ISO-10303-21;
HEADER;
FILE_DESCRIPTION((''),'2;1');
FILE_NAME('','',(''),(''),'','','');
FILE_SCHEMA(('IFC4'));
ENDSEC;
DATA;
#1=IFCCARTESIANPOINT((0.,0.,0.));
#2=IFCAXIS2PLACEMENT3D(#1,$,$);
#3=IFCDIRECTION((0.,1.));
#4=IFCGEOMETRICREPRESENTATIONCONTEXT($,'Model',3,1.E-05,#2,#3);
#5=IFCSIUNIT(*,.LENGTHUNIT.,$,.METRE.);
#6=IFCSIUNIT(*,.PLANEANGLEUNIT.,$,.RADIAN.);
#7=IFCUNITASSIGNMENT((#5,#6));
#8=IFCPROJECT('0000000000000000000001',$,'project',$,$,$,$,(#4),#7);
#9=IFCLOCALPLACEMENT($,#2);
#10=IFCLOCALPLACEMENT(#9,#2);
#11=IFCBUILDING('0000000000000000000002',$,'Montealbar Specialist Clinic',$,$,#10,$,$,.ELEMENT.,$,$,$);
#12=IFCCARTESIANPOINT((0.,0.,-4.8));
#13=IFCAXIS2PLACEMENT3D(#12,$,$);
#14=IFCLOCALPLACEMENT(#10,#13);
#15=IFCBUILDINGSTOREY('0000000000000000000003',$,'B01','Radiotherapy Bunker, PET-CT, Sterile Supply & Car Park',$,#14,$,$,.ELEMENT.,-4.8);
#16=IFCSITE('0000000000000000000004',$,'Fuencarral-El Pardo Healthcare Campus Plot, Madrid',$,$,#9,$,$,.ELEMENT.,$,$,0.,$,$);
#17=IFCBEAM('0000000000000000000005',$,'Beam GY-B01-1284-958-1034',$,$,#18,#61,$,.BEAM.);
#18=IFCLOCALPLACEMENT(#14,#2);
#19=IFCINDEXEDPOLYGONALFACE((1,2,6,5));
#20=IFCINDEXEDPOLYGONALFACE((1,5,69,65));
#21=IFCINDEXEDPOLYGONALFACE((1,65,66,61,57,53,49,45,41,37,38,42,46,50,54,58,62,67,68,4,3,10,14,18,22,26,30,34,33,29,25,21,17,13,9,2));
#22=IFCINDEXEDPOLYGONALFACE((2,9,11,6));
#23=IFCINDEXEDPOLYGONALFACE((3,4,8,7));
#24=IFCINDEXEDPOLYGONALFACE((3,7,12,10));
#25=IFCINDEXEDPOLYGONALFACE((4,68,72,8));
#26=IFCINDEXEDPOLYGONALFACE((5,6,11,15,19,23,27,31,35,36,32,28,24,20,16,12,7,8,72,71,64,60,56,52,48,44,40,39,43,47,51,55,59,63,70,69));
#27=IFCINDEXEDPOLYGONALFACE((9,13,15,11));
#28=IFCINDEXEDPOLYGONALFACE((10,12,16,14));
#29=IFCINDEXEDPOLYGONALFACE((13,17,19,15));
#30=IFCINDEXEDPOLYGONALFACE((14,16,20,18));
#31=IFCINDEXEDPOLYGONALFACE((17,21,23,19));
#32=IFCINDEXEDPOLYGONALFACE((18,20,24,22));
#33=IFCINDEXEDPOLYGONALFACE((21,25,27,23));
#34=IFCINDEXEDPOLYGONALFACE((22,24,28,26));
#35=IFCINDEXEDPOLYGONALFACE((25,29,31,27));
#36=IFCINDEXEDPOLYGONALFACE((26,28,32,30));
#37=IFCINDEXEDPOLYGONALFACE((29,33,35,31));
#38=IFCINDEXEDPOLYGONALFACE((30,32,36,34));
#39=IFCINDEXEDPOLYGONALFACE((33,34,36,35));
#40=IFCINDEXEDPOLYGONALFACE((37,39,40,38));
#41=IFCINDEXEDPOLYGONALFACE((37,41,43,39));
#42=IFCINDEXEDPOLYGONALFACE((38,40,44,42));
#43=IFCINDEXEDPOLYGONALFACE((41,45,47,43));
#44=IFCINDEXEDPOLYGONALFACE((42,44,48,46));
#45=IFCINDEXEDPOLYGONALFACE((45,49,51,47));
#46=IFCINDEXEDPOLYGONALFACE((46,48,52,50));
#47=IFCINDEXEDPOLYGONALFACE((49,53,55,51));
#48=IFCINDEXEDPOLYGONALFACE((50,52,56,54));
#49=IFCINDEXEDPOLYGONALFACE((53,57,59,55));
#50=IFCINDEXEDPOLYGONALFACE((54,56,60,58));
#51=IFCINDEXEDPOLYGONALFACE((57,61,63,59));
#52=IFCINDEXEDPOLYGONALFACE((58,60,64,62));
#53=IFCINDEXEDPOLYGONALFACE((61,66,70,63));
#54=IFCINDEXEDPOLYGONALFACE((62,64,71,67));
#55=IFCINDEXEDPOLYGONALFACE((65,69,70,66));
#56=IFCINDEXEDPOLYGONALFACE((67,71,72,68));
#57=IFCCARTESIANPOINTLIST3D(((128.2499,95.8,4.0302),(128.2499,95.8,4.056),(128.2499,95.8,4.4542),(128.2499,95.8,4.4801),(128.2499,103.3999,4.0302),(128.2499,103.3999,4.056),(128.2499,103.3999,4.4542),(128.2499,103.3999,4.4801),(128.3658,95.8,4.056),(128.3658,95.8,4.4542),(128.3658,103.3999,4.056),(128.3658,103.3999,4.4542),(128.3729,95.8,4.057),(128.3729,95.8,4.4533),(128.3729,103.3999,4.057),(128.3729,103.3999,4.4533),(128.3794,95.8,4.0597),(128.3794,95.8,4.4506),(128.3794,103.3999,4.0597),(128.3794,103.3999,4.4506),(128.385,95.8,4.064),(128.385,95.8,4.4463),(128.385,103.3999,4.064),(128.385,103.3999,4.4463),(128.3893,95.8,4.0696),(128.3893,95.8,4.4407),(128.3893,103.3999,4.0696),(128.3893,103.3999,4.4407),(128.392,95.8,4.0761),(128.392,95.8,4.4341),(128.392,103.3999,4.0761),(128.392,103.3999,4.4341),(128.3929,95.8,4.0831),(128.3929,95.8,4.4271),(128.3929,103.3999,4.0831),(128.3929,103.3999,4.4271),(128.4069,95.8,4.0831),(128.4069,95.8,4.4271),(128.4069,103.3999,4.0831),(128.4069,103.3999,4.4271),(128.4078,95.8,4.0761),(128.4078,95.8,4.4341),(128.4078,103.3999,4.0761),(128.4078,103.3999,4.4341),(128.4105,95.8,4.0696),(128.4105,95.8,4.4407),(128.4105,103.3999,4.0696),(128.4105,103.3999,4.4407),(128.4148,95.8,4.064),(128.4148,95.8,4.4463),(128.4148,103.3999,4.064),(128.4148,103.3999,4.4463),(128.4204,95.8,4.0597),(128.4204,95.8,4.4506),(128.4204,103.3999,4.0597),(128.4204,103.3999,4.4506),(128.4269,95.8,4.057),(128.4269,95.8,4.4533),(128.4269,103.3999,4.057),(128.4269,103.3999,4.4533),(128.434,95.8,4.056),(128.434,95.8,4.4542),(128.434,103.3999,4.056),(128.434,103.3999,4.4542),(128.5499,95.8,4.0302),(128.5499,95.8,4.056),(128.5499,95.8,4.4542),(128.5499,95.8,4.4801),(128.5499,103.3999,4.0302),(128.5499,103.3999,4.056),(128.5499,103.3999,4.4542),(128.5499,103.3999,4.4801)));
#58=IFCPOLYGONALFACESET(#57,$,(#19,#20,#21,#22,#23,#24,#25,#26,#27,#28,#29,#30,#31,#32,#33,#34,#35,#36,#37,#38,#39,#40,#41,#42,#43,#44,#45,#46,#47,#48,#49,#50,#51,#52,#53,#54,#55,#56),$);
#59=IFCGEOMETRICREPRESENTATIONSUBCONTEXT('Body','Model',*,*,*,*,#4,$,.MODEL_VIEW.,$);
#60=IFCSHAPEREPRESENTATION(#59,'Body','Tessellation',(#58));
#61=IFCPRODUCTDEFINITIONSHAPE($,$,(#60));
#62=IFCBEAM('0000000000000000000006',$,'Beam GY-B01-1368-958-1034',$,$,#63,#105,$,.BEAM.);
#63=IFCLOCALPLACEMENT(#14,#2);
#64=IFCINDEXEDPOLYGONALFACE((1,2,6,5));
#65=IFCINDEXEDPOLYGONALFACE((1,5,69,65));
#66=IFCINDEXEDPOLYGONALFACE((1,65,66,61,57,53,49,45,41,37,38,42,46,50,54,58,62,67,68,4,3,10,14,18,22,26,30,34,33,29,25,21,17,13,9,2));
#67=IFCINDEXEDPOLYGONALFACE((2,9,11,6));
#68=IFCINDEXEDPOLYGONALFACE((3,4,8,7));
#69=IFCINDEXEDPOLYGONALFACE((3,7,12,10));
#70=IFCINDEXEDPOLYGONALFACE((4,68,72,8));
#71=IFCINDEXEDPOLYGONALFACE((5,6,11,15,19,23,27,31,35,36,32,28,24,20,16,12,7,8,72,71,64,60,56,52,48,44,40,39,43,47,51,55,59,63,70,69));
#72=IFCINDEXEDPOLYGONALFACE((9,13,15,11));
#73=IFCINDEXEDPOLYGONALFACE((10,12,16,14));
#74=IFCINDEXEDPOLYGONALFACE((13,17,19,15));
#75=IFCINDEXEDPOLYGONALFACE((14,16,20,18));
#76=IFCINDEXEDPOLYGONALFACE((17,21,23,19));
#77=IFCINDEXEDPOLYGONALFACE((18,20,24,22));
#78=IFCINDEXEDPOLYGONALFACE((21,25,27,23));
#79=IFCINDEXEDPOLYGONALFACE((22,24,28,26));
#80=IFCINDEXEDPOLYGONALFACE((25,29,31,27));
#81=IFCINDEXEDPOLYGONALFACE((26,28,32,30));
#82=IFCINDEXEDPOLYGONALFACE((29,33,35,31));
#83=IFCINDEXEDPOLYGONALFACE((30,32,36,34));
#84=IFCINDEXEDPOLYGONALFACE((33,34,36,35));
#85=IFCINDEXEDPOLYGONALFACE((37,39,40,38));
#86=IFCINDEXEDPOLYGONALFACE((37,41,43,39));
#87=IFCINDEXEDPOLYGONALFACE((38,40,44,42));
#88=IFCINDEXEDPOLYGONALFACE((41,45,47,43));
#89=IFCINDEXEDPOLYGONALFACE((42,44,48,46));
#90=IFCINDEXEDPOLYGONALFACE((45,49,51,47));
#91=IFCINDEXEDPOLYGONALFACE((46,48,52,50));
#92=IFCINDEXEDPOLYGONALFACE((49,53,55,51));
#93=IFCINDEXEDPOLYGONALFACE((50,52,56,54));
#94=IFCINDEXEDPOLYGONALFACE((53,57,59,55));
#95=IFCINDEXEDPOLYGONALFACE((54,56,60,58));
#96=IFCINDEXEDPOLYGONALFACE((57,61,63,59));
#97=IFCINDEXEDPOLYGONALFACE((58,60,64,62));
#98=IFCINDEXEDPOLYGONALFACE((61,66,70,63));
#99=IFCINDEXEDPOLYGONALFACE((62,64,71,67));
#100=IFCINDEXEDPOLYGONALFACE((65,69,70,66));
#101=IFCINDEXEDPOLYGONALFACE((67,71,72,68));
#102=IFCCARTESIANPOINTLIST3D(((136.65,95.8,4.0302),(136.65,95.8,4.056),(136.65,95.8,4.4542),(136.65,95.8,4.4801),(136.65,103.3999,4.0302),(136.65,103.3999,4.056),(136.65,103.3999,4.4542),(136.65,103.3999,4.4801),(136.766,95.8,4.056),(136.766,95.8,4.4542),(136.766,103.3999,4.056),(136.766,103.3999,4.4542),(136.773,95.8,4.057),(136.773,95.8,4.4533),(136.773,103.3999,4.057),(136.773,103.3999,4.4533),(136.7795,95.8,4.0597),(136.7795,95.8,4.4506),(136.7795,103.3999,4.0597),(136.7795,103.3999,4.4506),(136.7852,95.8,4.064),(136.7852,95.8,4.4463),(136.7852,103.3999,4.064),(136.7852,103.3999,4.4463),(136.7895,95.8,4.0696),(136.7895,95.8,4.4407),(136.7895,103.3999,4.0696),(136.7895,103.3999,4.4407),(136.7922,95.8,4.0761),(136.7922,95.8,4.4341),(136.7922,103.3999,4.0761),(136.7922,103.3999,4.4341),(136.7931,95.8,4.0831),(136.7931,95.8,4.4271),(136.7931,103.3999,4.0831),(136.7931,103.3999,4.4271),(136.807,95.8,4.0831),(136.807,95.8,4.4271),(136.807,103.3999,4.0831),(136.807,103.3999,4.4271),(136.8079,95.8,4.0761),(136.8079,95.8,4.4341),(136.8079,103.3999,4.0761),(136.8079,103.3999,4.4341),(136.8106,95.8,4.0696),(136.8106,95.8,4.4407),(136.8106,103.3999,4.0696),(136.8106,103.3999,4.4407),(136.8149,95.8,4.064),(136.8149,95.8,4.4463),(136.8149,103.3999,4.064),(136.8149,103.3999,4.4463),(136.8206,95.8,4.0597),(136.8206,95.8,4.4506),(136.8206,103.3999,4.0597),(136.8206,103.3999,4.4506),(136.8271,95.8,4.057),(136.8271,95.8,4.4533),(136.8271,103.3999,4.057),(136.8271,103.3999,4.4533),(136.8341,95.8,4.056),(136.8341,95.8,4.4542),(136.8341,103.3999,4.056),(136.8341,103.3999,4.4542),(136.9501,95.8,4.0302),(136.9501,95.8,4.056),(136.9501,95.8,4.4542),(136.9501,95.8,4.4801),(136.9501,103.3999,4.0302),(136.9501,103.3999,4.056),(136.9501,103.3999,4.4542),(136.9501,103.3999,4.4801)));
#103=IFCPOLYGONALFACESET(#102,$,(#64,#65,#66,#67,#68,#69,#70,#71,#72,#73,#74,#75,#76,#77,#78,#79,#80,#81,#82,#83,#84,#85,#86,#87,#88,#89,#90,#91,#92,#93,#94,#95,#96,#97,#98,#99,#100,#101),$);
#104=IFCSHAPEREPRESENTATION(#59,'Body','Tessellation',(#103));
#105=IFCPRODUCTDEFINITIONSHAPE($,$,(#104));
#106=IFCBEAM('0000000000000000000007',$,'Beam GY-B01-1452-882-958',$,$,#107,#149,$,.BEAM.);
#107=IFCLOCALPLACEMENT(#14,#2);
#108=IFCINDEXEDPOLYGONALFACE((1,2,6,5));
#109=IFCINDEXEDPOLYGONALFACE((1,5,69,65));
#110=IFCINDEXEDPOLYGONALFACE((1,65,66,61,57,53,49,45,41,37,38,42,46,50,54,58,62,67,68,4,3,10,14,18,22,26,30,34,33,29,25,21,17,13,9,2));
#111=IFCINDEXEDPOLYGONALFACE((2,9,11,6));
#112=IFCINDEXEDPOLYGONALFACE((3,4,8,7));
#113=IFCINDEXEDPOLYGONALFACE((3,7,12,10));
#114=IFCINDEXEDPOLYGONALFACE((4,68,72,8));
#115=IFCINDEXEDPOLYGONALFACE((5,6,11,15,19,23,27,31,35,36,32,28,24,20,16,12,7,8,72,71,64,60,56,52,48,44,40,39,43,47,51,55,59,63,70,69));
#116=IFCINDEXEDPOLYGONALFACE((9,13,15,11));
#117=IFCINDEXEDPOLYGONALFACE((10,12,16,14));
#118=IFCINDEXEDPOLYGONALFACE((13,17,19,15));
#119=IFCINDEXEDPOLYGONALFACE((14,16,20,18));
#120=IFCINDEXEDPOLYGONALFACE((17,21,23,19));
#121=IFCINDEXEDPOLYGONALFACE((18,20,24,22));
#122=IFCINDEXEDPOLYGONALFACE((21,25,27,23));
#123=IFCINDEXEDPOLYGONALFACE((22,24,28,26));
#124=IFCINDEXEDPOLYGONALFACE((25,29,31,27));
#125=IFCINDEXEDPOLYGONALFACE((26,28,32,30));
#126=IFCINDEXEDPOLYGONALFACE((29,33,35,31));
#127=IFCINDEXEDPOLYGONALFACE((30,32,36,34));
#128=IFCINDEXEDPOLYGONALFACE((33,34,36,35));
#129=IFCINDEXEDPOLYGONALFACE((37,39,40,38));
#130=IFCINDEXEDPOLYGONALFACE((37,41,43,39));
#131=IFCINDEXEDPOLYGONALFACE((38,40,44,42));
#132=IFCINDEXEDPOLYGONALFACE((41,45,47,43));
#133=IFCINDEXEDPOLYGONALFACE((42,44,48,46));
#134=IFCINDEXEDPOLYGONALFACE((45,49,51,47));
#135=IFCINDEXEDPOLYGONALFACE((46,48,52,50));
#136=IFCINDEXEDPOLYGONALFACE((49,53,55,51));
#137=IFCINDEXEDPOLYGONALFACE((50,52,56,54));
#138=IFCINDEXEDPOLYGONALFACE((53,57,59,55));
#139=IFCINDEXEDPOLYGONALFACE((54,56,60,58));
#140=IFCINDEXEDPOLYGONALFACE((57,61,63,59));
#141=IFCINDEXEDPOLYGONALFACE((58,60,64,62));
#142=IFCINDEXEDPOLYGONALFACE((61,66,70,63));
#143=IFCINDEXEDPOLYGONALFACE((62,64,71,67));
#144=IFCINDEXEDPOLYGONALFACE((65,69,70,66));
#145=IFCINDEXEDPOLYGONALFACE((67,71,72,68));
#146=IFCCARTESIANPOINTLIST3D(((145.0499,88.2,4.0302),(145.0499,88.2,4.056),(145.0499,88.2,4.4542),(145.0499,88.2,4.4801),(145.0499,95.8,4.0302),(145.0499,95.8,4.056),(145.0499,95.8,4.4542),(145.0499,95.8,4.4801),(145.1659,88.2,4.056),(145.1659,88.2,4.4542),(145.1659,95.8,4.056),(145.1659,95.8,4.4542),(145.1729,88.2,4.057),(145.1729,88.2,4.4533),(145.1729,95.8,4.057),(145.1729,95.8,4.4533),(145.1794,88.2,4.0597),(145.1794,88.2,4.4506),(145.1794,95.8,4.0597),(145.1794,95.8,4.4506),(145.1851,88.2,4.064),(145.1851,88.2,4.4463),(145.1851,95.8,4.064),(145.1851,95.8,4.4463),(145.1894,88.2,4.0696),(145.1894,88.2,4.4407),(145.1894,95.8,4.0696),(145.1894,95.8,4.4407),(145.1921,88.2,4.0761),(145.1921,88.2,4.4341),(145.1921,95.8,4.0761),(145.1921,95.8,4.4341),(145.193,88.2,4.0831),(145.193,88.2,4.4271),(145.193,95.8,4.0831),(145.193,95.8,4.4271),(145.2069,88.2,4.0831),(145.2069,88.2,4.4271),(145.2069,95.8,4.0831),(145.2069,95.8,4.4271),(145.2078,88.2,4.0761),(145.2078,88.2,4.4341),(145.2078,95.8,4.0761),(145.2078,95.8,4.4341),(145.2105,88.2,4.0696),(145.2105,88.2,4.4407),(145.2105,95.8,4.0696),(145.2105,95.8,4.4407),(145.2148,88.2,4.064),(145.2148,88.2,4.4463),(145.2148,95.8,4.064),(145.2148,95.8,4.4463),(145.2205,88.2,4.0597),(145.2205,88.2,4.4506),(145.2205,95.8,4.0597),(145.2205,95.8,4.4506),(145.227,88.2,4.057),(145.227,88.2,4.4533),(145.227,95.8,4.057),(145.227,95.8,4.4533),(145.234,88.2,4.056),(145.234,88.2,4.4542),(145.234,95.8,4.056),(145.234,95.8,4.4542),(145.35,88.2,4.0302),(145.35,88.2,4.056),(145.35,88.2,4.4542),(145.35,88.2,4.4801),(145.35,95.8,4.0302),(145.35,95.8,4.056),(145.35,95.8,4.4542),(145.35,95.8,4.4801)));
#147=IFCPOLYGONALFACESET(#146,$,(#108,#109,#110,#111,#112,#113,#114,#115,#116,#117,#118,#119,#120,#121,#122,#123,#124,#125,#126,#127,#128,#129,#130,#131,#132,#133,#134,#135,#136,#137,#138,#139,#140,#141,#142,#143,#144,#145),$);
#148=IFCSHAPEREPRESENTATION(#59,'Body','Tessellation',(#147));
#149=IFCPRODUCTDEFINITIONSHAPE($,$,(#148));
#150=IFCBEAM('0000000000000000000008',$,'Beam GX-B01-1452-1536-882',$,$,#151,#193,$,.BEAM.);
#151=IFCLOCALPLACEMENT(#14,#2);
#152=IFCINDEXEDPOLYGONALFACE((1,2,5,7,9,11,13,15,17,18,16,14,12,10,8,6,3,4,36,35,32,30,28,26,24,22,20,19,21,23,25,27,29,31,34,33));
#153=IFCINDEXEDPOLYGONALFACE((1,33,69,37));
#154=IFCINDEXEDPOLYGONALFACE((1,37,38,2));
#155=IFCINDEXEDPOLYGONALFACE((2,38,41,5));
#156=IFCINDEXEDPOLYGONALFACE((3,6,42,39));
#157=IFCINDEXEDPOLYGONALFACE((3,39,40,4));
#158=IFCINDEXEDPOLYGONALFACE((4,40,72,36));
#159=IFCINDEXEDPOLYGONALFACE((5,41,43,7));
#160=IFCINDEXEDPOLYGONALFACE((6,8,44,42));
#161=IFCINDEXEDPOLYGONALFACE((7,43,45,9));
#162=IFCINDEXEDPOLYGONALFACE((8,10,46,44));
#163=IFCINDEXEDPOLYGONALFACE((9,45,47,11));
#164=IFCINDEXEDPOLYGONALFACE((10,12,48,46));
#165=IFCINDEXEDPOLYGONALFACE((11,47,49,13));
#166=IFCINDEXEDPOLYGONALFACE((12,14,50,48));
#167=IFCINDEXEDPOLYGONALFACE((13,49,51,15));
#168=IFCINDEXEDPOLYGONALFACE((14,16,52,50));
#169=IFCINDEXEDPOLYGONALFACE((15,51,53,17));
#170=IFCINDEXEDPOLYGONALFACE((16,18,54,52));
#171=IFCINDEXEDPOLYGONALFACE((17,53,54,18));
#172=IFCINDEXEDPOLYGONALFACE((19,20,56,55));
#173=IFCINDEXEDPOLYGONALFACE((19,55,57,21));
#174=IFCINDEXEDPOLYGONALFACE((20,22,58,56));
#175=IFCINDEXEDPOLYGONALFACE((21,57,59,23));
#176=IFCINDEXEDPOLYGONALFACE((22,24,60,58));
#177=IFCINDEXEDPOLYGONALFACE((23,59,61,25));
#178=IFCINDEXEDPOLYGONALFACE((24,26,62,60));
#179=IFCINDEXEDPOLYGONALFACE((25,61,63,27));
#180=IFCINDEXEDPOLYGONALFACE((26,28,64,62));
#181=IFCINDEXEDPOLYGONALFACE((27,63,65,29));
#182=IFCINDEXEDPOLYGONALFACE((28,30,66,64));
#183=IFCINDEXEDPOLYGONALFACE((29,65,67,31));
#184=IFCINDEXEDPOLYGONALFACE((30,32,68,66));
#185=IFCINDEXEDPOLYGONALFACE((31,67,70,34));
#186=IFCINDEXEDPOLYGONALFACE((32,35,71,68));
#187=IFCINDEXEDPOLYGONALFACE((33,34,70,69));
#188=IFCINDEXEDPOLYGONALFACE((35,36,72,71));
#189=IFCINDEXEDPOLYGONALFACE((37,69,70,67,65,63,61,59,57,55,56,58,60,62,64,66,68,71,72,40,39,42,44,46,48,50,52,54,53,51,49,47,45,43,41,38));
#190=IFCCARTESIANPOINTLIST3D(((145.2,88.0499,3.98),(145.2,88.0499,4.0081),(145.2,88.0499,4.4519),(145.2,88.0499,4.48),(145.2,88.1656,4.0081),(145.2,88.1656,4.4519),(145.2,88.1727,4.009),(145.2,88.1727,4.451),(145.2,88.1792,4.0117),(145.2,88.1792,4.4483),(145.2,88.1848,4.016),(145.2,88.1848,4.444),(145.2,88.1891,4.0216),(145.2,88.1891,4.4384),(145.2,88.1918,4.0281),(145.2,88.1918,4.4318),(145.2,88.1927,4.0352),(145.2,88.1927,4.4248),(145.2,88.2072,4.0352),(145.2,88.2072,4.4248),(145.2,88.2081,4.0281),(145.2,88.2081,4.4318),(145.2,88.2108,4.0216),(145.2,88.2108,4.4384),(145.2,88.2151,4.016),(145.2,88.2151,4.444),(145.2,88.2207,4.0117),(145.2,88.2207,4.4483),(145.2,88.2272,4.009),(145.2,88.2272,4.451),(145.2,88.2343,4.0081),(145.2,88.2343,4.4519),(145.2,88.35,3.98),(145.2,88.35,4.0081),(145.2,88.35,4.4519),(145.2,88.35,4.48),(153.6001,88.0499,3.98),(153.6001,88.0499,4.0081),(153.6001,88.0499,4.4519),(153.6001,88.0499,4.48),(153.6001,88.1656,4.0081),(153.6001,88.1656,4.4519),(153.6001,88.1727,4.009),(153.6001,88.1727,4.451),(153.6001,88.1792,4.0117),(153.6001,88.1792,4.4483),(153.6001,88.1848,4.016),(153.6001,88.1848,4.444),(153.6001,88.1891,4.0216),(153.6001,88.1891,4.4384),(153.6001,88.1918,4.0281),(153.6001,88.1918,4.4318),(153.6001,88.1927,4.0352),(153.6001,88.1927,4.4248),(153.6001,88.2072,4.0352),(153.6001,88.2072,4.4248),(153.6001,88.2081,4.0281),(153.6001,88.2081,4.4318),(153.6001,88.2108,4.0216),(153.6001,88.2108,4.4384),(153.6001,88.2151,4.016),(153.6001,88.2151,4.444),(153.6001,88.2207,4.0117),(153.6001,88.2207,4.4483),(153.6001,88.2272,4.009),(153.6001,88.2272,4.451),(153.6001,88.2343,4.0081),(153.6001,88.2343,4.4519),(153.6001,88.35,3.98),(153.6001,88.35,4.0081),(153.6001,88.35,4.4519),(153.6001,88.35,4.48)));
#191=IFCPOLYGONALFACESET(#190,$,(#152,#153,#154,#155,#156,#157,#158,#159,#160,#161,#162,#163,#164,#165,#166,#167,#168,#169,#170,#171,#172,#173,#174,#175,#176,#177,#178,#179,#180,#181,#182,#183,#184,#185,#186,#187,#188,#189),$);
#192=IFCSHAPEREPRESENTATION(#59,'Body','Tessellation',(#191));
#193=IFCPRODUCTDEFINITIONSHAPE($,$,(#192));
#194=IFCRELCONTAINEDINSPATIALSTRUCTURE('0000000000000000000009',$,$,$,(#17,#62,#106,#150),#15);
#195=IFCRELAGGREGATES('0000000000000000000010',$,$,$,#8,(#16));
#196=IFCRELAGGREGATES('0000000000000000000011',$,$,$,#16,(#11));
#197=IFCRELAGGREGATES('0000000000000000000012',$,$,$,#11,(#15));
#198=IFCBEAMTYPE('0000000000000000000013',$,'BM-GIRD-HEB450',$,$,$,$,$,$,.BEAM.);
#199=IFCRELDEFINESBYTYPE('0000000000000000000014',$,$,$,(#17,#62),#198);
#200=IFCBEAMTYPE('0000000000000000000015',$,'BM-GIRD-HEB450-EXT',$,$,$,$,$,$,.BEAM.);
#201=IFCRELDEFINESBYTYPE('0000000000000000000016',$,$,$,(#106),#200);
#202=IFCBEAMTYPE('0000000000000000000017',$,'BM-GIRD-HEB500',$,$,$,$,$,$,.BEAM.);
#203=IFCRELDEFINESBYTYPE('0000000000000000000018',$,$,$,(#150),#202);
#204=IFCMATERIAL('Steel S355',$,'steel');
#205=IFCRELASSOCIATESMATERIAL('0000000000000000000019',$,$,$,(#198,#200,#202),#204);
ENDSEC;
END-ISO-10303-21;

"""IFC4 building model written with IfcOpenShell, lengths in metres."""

from ifc_helpers import new_model, si_unit, direction, frame, origin, origin_2d, place, context, subcontext, project, spatial, i_section, extrude, material, material_profile, profile_set, type_object, element, save


model = new_model("IFC4")

# Units and contexts
model_context = context("Model", 3, precision=1e-05, world=origin(), true_north=direction((0.0, 1.0)))
body_context = subcontext(model_context, "Body", "Model", "MODEL_VIEW")
ifc_project = project(units=[si_unit("LENGTHUNIT", "METRE"), si_unit("PLANEANGLEUNIT", "RADIAN")], contexts=[model_context])

# Site, building, storey
site_placement = place(None, origin())
site = spatial("IfcSite", under=ifc_project, at=site_placement, Name="Fuencarral-El Pardo Healthcare Campus Plot, Madrid", CompositionType="ELEMENT", RefElevation=0.0)
building_placement = place(site_placement, origin())
building = spatial("IfcBuilding", under=site, at=building_placement, Name="Montealbar Specialist Clinic", CompositionType="ELEMENT")
storey_placement = place(building_placement, frame((0.0, 0.0, -4.8)))
storey = spatial("IfcBuildingStorey", under=building, at=storey_placement, Name="B01", Description="Radiotherapy Bunker, PET-CT, Sterile Supply & Car Park", CompositionType="ELEMENT", Elevation=-4.8)

# Shared definitions
ifc_material_1 = material(Name="Steel S355", Category="steel")

# Beams
ifc_material_profile_1 = material_profile(ifc_material_1, i_section(OverallWidth=0.3, OverallDepth=0.45, WebThickness=0.0139, FlangeThickness=0.0259, FilletRadius=0.0271, at=origin_2d()), Name="HEB 450", Category="steel")
ifc_profile_set_1 = profile_set([ifc_material_profile_1], Name="Steel S355")
beam_type_1 = type_object("IfcBeamType", Name="BM-GIRD-HEB450", PredefinedType="BEAM", material=ifc_profile_set_1)
for number, where, z_axis, x_axis, name in (
    (1, (128.3999, 95.8, 4.2551), (0.0, 1.0, 0.0), (-1.0, 0.0, 0.0), "Beam GY-B01-1284-958-1034"),
    (2, (136.8, 95.8, 4.2551), (0.0, 1.0, 0.0), (-1.0, 0.0, 0.0), "Beam GY-B01-1368-958-1034"),
):
    element("IfcBeam", number, at=place(storey_placement, frame(where, z_axis=z_axis, x_axis=x_axis)), inside=storey, type_object=beam_type_1, Name=name, PredefinedType="BEAM", context=body_context, shape_type="SweptSolid", body=[
        extrude(i_section(OverallWidth=0.3, OverallDepth=0.45, WebThickness=0.0139, FlangeThickness=0.0259, FilletRadius=0.0271, at=origin_2d()), origin(), (0.0, 0.0, 1.0), 7.5999),
    ])
ifc_material_profile_2 = material_profile(ifc_material_1, i_section(OverallWidth=0.3, OverallDepth=0.45, WebThickness=0.0139, FlangeThickness=0.0259, FilletRadius=0.0271, at=origin_2d()), Name="HEB 450", Category="steel")
ifc_profile_set_2 = profile_set([ifc_material_profile_2], Name="Steel S355")
beam_type_2 = type_object("IfcBeamType", Name="BM-GIRD-HEB450-EXT", PredefinedType="BEAM", material=ifc_profile_set_2)
beam_1_placement = place(storey_placement, frame((145.2, 88.2, 4.2551), z_axis=(0.0, 1.0, 0.0), x_axis=(-1.0, 0.0, 0.0)))
element("IfcBeam", 3, at=beam_1_placement, inside=storey, type_object=beam_type_2, Name="Beam GY-B01-1452-882-958", PredefinedType="BEAM", context=body_context, shape_type="SweptSolid", body=[
    extrude(i_section(OverallWidth=0.3, OverallDepth=0.45, WebThickness=0.0139, FlangeThickness=0.0259, FilletRadius=0.0271, at=origin_2d()), origin(), (0.0, 0.0, 1.0), 7.6001),
])
ifc_material_profile_3 = material_profile(ifc_material_1, i_section(OverallWidth=0.3, OverallDepth=0.5, WebThickness=0.0144, FlangeThickness=0.0281, FilletRadius=0.0271, at=origin_2d()), Name="HEB 500", Category="steel")
ifc_profile_set_3 = profile_set([ifc_material_profile_3], Name="Steel S355")
beam_type_3 = type_object("IfcBeamType", Name="BM-GIRD-HEB500", PredefinedType="BEAM", material=ifc_profile_set_3)
for number, where, z_axis, x_axis, name in (
    (4, (145.2, 88.2, 4.23), (1.0, 0.0, 0.0), (0.0, 1.0, 0.0), "Beam GX-B01-1452-1536-882"),
):
    element("IfcBeam", number, at=place(storey_placement, frame(where, z_axis=z_axis, x_axis=x_axis)), inside=storey, type_object=beam_type_3, Name=name, PredefinedType="BEAM", context=body_context, shape_type="SweptSolid", body=[
        extrude(i_section(OverallWidth=0.3, OverallDepth=0.5, WebThickness=0.0144, FlangeThickness=0.0281, FilletRadius=0.0271, at=origin_2d()), origin(), (0.0, 0.0, 1.0), 8.4001),
    ])

save(model, "model.ifc")
